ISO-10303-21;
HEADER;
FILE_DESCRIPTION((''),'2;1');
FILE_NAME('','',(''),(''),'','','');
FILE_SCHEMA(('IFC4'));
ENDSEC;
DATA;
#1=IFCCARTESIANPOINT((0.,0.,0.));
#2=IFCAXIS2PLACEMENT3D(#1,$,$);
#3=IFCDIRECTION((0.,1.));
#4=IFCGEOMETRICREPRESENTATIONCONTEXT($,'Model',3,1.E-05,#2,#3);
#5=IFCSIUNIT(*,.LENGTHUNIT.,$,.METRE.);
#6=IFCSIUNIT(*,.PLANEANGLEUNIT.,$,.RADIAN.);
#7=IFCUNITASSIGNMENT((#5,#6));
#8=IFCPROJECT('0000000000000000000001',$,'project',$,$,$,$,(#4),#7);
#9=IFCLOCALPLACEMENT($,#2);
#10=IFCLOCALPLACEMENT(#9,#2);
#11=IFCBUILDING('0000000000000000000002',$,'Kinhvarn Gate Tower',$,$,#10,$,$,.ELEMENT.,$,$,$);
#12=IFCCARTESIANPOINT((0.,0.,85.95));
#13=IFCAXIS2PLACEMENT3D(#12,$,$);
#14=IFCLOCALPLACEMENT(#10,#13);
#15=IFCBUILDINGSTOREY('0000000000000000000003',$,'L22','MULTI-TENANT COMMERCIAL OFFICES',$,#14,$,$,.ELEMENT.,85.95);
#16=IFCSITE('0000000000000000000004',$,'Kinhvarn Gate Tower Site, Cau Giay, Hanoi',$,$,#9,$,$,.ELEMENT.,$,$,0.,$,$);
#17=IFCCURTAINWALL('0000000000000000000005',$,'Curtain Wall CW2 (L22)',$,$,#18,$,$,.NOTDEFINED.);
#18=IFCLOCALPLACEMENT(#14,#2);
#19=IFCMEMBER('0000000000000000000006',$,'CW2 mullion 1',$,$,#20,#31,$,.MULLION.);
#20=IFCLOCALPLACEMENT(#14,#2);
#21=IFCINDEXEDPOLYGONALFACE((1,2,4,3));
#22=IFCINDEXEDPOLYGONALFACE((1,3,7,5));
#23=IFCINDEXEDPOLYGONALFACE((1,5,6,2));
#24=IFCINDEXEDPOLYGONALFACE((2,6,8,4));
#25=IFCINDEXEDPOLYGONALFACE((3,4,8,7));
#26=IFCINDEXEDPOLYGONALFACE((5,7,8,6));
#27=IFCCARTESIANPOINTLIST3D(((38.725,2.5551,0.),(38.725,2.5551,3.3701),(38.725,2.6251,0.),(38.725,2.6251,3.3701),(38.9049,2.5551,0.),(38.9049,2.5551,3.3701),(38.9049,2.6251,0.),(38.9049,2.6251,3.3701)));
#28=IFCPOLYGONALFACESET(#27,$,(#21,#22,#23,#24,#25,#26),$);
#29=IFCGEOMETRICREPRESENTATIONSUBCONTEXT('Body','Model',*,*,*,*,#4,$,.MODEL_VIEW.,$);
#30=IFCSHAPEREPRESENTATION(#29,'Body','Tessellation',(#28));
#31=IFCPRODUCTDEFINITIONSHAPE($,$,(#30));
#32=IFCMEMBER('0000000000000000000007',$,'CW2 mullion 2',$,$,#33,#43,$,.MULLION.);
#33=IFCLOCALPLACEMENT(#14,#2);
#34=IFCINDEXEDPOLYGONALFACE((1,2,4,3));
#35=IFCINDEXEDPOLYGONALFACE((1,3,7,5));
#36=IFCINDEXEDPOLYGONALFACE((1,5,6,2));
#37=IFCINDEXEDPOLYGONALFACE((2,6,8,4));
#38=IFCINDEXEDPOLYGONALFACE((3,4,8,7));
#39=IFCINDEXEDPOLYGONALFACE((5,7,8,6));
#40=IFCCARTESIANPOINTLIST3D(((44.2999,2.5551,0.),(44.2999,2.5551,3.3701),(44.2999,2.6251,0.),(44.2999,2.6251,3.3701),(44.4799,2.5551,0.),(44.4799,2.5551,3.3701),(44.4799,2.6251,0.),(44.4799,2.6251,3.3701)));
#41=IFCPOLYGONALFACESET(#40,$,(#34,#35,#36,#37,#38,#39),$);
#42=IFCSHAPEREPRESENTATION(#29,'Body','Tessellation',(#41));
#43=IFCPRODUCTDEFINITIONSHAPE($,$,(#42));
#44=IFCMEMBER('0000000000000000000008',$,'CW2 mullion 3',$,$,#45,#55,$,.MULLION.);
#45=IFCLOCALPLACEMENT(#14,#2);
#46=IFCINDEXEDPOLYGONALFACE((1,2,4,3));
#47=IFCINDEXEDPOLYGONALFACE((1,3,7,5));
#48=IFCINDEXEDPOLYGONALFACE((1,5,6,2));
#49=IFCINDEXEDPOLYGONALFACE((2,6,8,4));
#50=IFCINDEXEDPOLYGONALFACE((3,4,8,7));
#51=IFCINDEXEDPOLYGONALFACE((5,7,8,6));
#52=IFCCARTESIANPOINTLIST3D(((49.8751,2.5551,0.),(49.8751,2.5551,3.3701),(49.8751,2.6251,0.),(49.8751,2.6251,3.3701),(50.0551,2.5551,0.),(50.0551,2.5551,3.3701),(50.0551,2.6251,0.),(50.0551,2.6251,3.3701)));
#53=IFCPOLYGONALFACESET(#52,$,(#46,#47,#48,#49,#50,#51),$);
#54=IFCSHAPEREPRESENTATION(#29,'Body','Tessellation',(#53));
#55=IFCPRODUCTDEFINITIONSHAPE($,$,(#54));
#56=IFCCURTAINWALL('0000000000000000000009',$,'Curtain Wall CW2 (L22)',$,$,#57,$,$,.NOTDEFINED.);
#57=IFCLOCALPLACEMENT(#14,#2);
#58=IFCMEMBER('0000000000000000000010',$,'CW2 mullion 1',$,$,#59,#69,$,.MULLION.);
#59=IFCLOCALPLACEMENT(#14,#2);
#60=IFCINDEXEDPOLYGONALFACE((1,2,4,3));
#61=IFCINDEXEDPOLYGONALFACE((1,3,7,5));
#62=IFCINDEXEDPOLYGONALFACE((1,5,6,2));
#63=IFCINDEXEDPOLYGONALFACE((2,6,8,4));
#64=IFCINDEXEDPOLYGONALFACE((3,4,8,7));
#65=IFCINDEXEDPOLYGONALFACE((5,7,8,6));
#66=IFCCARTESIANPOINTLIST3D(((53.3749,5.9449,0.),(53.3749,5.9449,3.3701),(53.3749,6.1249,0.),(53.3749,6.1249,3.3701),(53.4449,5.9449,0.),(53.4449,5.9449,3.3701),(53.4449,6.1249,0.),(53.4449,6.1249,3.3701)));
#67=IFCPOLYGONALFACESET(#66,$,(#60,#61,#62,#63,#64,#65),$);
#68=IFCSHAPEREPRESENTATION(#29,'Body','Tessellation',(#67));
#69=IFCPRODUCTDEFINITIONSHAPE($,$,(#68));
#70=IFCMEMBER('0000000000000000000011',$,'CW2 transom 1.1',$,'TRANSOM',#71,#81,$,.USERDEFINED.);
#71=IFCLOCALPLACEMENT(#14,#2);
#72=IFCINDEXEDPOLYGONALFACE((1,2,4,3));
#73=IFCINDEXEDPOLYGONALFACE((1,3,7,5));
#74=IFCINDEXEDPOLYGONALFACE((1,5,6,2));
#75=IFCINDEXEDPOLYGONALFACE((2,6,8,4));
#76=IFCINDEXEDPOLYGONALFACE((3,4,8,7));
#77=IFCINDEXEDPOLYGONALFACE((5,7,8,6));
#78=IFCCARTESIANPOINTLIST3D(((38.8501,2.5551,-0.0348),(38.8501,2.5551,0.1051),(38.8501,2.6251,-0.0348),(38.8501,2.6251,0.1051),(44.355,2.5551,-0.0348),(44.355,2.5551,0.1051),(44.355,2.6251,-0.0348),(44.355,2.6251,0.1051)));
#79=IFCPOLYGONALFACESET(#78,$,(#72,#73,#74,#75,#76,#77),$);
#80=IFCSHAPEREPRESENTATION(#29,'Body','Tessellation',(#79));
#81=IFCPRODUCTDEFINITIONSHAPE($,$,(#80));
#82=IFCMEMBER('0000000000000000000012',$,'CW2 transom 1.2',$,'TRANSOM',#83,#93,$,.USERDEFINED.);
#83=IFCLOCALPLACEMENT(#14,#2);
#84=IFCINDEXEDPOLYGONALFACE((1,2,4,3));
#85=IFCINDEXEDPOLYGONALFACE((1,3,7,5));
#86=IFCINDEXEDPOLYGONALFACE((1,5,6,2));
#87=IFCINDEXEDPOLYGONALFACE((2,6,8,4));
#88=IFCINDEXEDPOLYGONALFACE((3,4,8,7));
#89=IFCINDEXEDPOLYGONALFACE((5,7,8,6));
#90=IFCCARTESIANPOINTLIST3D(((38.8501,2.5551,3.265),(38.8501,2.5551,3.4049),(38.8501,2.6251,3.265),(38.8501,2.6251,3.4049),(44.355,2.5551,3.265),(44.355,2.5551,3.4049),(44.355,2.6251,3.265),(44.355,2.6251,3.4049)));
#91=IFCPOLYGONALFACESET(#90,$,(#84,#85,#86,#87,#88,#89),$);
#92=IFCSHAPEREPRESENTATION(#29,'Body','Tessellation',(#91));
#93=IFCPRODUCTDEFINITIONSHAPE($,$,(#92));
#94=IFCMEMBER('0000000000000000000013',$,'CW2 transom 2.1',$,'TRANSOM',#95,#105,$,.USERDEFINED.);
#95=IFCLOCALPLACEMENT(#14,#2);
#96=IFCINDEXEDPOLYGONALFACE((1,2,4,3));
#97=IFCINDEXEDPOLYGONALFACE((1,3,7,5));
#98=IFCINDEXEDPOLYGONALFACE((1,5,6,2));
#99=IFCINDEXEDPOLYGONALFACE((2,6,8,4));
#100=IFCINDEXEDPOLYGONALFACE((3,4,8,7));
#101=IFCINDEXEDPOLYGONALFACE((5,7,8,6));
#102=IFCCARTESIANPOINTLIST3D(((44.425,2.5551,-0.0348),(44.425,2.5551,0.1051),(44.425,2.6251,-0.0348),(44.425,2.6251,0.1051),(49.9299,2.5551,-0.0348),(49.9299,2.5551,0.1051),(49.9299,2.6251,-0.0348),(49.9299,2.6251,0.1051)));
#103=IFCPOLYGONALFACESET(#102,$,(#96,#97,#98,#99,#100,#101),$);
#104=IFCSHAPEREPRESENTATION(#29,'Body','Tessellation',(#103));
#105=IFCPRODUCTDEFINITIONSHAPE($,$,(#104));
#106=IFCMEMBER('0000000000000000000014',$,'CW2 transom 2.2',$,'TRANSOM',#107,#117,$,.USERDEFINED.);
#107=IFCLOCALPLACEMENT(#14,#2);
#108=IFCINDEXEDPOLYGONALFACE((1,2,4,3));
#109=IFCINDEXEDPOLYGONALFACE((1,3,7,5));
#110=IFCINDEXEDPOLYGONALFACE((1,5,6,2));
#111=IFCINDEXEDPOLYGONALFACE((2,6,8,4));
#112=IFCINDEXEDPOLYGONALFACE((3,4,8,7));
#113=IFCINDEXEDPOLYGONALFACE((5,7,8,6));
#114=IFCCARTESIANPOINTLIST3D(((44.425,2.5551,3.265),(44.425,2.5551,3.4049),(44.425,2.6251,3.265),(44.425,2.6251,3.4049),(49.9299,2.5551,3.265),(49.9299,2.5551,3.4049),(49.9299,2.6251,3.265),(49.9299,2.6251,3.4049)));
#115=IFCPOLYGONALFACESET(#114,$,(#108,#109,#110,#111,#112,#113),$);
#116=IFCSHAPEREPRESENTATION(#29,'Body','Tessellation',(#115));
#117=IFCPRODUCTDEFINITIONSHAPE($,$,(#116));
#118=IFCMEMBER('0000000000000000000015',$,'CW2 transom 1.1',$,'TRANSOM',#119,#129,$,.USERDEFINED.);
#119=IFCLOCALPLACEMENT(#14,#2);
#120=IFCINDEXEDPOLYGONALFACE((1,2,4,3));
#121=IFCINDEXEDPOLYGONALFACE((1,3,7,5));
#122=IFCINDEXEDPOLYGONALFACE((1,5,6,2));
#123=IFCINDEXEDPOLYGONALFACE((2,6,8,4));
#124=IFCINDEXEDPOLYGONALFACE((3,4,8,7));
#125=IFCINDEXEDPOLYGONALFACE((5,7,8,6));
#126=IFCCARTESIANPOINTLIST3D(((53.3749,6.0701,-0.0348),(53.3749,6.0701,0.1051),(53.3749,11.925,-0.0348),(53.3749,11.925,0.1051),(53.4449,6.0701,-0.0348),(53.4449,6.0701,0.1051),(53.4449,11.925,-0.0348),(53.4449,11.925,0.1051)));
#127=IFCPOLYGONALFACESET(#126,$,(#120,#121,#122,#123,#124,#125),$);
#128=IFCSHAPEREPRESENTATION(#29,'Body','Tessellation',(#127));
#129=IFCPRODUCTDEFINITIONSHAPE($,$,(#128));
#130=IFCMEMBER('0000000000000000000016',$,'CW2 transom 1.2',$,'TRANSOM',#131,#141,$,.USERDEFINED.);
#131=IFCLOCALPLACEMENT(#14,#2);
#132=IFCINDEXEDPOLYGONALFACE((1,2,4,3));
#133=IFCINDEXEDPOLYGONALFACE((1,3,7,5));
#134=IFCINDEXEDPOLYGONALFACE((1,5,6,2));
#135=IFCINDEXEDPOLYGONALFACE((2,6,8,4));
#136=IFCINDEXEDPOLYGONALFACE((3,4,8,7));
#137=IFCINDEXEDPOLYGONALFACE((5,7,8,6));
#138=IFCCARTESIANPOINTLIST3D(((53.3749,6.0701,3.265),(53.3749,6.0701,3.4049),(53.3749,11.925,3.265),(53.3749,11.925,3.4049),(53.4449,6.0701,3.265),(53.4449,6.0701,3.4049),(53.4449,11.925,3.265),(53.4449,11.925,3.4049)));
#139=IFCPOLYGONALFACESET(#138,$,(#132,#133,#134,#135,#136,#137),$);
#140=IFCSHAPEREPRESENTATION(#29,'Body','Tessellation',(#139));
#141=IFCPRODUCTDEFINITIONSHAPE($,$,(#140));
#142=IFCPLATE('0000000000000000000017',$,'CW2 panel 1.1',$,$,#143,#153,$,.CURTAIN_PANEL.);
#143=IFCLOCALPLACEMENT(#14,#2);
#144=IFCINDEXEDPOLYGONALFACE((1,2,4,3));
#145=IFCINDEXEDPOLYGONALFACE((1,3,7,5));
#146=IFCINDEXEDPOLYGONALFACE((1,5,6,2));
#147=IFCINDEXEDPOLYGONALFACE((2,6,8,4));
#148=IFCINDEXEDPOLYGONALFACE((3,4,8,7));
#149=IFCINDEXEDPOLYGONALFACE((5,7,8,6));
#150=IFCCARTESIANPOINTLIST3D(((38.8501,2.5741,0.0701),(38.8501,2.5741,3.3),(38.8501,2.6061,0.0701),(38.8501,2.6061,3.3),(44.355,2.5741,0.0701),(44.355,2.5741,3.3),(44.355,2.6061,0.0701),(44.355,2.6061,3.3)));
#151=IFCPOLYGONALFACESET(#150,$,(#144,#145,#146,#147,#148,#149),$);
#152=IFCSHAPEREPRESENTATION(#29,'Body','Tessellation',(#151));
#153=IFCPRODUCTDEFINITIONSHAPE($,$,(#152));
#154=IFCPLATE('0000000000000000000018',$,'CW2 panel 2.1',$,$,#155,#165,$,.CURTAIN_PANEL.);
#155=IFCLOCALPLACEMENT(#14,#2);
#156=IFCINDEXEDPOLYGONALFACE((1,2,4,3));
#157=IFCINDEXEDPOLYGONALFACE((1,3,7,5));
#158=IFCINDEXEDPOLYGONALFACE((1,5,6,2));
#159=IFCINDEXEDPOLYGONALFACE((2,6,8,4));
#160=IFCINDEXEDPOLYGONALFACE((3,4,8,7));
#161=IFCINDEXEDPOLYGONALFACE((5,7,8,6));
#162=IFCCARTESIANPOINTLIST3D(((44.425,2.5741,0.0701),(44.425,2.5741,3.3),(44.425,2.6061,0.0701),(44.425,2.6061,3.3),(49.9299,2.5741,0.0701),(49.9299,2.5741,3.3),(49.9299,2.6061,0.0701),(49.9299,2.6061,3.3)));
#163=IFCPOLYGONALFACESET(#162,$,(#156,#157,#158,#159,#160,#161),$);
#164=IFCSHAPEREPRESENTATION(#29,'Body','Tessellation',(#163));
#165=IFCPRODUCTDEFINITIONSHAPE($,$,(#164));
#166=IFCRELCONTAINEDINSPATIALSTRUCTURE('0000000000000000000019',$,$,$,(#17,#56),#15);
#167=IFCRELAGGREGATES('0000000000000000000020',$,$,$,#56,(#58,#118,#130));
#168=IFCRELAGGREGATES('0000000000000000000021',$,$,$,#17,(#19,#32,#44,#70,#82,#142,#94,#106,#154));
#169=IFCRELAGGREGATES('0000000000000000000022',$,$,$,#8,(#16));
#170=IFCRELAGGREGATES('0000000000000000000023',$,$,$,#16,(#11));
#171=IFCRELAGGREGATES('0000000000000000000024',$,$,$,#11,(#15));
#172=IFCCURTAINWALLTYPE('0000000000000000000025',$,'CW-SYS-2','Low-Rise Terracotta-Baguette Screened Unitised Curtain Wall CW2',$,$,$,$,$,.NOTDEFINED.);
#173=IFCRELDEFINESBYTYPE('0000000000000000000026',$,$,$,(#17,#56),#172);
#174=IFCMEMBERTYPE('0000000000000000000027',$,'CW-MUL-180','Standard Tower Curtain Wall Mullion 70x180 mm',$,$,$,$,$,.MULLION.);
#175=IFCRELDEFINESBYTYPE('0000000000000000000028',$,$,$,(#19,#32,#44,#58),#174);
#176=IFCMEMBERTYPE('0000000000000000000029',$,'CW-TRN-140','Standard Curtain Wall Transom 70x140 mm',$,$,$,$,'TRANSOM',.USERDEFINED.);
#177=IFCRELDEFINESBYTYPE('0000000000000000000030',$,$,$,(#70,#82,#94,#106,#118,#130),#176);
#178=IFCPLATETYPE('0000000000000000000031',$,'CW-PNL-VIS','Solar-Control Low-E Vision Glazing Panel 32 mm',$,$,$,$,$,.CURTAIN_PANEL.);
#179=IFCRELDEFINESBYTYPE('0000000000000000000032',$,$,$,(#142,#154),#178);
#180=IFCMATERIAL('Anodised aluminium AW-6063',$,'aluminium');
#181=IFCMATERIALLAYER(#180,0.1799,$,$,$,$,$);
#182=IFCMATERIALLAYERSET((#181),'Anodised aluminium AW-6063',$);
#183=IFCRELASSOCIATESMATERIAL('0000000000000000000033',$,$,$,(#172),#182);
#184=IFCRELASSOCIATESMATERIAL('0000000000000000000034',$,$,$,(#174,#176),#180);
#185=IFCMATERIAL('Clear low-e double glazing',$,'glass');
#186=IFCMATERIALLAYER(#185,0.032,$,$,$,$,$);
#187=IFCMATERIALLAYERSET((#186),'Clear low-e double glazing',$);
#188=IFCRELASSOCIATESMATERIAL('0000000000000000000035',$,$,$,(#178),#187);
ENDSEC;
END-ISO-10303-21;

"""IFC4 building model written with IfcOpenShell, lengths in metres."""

from ifc_helpers import new_model, si_unit, direction, frame, origin, origin_2d, place, context, subcontext, project, spatial, rectangle, extrude, material, layer, layer_set, material_profile, profile_set, type_object, element, aggregate, save


model = new_model("IFC4")

# Units and contexts
model_context = context("Model", 3, precision=1e-05, world=origin(), true_north=direction((0.0, 1.0)))
body_context = subcontext(model_context, "Body", "Model", "MODEL_VIEW")
ifc_project = project(units=[si_unit("LENGTHUNIT", "METRE"), si_unit("PLANEANGLEUNIT", "RADIAN")], contexts=[model_context])

# Site, building, storey
site_placement = place(None, origin())
site = spatial("IfcSite", under=ifc_project, at=site_placement, Name="Kinhvarn Gate Tower Site, Cau Giay, Hanoi", CompositionType="ELEMENT", RefElevation=0.0)
building_placement = place(site_placement, origin())
building = spatial("IfcBuilding", under=site, at=building_placement, Name="Kinhvarn Gate Tower", CompositionType="ELEMENT")
storey_placement = place(building_placement, frame((0.0, 0.0, 85.95)))
storey = spatial("IfcBuildingStorey", under=building, at=storey_placement, Name="L22", Description="MULTI-TENANT COMMERCIAL OFFICES", CompositionType="ELEMENT", Elevation=85.95)

# Curtain wall, members
ifc_material_1 = material(Name="Anodised aluminium AW-6063", Category="aluminium")
ifc_layer_1 = layer(ifc_material_1, 0.1799)
ifc_layer_set_1 = layer_set([ifc_layer_1], Name="Anodised aluminium AW-6063")
curtain_wall_type = type_object("IfcCurtainWallType", Name="CW-SYS-2", Description="Low-Rise Terracotta-Baguette Screened Unitised Curtain Wall CW2", PredefinedType="NOTDEFINED", material=ifc_layer_set_1)
curtain_wall_1_placement = place(storey_placement, origin())
curtain_wall_1 = element("IfcCurtainWall", 1, at=curtain_wall_1_placement, inside=storey, type_object=curtain_wall_type, Name="Curtain Wall CW2 (L22)", PredefinedType="NOTDEFINED")
ifc_material_profile_1 = material_profile(ifc_material_1, rectangle(XDim=0.0701, YDim=0.1799, at=origin_2d()), Name="ALU 70x180")
ifc_profile_set_1 = profile_set([ifc_material_profile_1], Name="Anodised aluminium AW-6063")
member_type_1 = type_object("IfcMemberType", Name="CW-MUL-180", Description="Standard Tower Curtain Wall Mullion 70x180 mm", PredefinedType="MULLION", material=ifc_profile_set_1)
member_1_placement = place(storey_placement, frame((38.8149, 2.5901, 0.0), z_axis=(0.0, 0.0, 1.0), x_axis=(0.0, 1.0, 0.0)))
member_1 = element("IfcMember", 2, at=member_1_placement, type_object=member_type_1, Name="CW2 mullion 1", PredefinedType="MULLION", context=body_context, shape_type="SweptSolid", body=[
    extrude(rectangle(XDim=0.0701, YDim=0.1799, at=origin_2d()), origin(), (0.0, 0.0, 1.0), 3.3701),
])
member_2_placement = place(storey_placement, frame((44.3899, 2.5901, 0.0), z_axis=(0.0, 0.0, 1.0), x_axis=(0.0, 1.0, 0.0)))
member_2 = element("IfcMember", 3, at=member_2_placement, type_object=member_type_1, Name="CW2 mullion 2", PredefinedType="MULLION", context=body_context, shape_type="SweptSolid", body=[
    extrude(rectangle(XDim=0.0701, YDim=0.1799, at=origin_2d()), origin(), (0.0, 0.0, 1.0), 3.3701),
])
member_3_placement = place(storey_placement, frame((49.9651, 2.5901, 0.0), z_axis=(0.0, 0.0, 1.0), x_axis=(0.0, 1.0, 0.0)))
member_3 = element("IfcMember", 4, at=member_3_placement, type_object=member_type_1, Name="CW2 mullion 3", PredefinedType="MULLION", context=body_context, shape_type="SweptSolid", body=[
    extrude(rectangle(XDim=0.0701, YDim=0.1799, at=origin_2d()), origin(), (0.0, 0.0, 1.0), 3.3701),
])

# Curtain wall, member
curtain_wall_2_placement = place(storey_placement, origin())
curtain_wall_2 = element("IfcCurtainWall", 5, at=curtain_wall_2_placement, inside=storey, type_object=curtain_wall_type, Name="Curtain Wall CW2 (L22)", PredefinedType="NOTDEFINED")
member_4_placement = place(storey_placement, frame((53.4099, 6.0349, 0.0), z_axis=(0.0, 0.0, 1.0), x_axis=(-1.0, 0.0, 0.0)))
member_4 = element("IfcMember", 6, at=member_4_placement, type_object=member_type_1, Name="CW2 mullion 1", PredefinedType="MULLION", context=body_context, shape_type="SweptSolid", body=[
    extrude(rectangle(XDim=0.0701, YDim=0.1799, at=origin_2d()), origin(), (0.0, 0.0, 1.0), 3.3701),
])

# Members
ifc_material_profile_2 = material_profile(ifc_material_1, rectangle(XDim=0.0701, YDim=0.1399, at=origin_2d()), Name="ALU 70x140")
ifc_profile_set_2 = profile_set([ifc_material_profile_2], Name="Anodised aluminium AW-6063")
member_type_2 = type_object("IfcMemberType", Name="CW-TRN-140", Description="Standard Curtain Wall Transom 70x140 mm", ElementType="TRANSOM", PredefinedType="USERDEFINED", material=ifc_profile_set_2)
member_5_placement = place(storey_placement, frame((38.8501, 2.5901, 0.0352), z_axis=(1.0, 0.0, 0.0), x_axis=(0.0, 1.0, 0.0)))
member_5 = element("IfcMember", 7, at=member_5_placement, type_object=member_type_2, Name="CW2 transom 1.1", ObjectType="TRANSOM", PredefinedType="USERDEFINED", context=body_context, shape_type="SweptSolid", body=[
    extrude(rectangle(XDim=0.0701, YDim=0.1399, at=origin_2d()), origin(), (0.0, 0.0, 1.0), 5.5049),
])
member_6_placement = place(storey_placement, frame((38.8501, 2.5901, 3.335), z_axis=(1.0, 0.0, 0.0), x_axis=(0.0, 1.0, 0.0)))
member_6 = element("IfcMember", 8, at=member_6_placement, type_object=member_type_2, Name="CW2 transom 1.2", ObjectType="TRANSOM", PredefinedType="USERDEFINED", context=body_context, shape_type="SweptSolid", body=[
    extrude(rectangle(XDim=0.0701, YDim=0.1399, at=origin_2d()), origin(), (0.0, 0.0, 1.0), 5.5049),
])
member_7_placement = place(storey_placement, frame((44.425, 2.5901, 0.0352), z_axis=(1.0, 0.0, 0.0), x_axis=(0.0, 1.0, 0.0)))
member_7 = element("IfcMember", 9, at=member_7_placement, type_object=member_type_2, Name="CW2 transom 2.1", ObjectType="TRANSOM", PredefinedType="USERDEFINED", context=body_context, shape_type="SweptSolid", body=[
    extrude(rectangle(XDim=0.0701, YDim=0.1399, at=origin_2d()), origin(), (0.0, 0.0, 1.0), 5.5049),
])
member_8_placement = place(storey_placement, frame((44.425, 2.5901, 3.335), z_axis=(1.0, 0.0, 0.0), x_axis=(0.0, 1.0, 0.0)))
member_8 = element("IfcMember", 10, at=member_8_placement, type_object=member_type_2, Name="CW2 transom 2.2", ObjectType="TRANSOM", PredefinedType="USERDEFINED", context=body_context, shape_type="SweptSolid", body=[
    extrude(rectangle(XDim=0.0701, YDim=0.1399, at=origin_2d()), origin(), (0.0, 0.0, 1.0), 5.5049),
])
member_9_placement = place(storey_placement, frame((53.4099, 6.0701, 0.0352), z_axis=(0.0, 1.0, 0.0), x_axis=(-1.0, 0.0, 0.0)))
member_9 = element("IfcMember", 11, at=member_9_placement, type_object=member_type_2, Name="CW2 transom 1.1", ObjectType="TRANSOM", PredefinedType="USERDEFINED", context=body_context, shape_type="SweptSolid", body=[
    extrude(rectangle(XDim=0.0701, YDim=0.1399, at=origin_2d()), origin(), (0.0, 0.0, 1.0), 5.855),
])
member_10_placement = place(storey_placement, frame((53.4099, 6.0701, 3.335), z_axis=(0.0, 1.0, 0.0), x_axis=(-1.0, 0.0, 0.0)))
member_10 = element("IfcMember", 12, at=member_10_placement, type_object=member_type_2, Name="CW2 transom 1.2", ObjectType="TRANSOM", PredefinedType="USERDEFINED", context=body_context, shape_type="SweptSolid", body=[
    extrude(rectangle(XDim=0.0701, YDim=0.1399, at=origin_2d()), origin(), (0.0, 0.0, 1.0), 5.855),
])
aggregate(curtain_wall_2, [member_4, member_9, member_10])

# Plates
ifc_material_2 = material(Name="Clear low-e double glazing", Category="glass")
ifc_layer_2 = layer(ifc_material_2, 0.032)
ifc_layer_set_2 = layer_set([ifc_layer_2], Name="Clear low-e double glazing")
plate_type = type_object("IfcPlateType", Name="CW-PNL-VIS", Description="Solar-Control Low-E Vision Glazing Panel 32 mm", PredefinedType="CURTAIN_PANEL", material=ifc_layer_set_2)
plate_1_placement = place(storey_placement, frame((41.6025, 2.5901, 0.0701), z_axis=(0.0, 0.0, 1.0), x_axis=(1.0, 0.0, 0.0)))
plate_1 = element("IfcPlate", 13, at=plate_1_placement, type_object=plate_type, Name="CW2 panel 1.1", PredefinedType="CURTAIN_PANEL", context=body_context, shape_type="SweptSolid", body=[
    extrude(rectangle(XDim=5.5049, YDim=0.032, at=origin_2d()), origin(), (0.0, 0.0, 1.0), 3.23),
])
plate_2_placement = place(storey_placement, frame((47.1775, 2.5901, 0.0701), z_axis=(0.0, 0.0, 1.0), x_axis=(1.0, 0.0, 0.0)))
plate_2 = element("IfcPlate", 14, at=plate_2_placement, type_object=plate_type, Name="CW2 panel 2.1", PredefinedType="CURTAIN_PANEL", context=body_context, shape_type="SweptSolid", body=[
    extrude(rectangle(XDim=5.5049, YDim=0.032, at=origin_2d()), origin(), (0.0, 0.0, 1.0), 3.23),
])
aggregate(curtain_wall_1, [member_1, member_2, member_3, member_5, member_6, plate_1, member_7, member_8, plate_2])

save(model, "model.ifc")
